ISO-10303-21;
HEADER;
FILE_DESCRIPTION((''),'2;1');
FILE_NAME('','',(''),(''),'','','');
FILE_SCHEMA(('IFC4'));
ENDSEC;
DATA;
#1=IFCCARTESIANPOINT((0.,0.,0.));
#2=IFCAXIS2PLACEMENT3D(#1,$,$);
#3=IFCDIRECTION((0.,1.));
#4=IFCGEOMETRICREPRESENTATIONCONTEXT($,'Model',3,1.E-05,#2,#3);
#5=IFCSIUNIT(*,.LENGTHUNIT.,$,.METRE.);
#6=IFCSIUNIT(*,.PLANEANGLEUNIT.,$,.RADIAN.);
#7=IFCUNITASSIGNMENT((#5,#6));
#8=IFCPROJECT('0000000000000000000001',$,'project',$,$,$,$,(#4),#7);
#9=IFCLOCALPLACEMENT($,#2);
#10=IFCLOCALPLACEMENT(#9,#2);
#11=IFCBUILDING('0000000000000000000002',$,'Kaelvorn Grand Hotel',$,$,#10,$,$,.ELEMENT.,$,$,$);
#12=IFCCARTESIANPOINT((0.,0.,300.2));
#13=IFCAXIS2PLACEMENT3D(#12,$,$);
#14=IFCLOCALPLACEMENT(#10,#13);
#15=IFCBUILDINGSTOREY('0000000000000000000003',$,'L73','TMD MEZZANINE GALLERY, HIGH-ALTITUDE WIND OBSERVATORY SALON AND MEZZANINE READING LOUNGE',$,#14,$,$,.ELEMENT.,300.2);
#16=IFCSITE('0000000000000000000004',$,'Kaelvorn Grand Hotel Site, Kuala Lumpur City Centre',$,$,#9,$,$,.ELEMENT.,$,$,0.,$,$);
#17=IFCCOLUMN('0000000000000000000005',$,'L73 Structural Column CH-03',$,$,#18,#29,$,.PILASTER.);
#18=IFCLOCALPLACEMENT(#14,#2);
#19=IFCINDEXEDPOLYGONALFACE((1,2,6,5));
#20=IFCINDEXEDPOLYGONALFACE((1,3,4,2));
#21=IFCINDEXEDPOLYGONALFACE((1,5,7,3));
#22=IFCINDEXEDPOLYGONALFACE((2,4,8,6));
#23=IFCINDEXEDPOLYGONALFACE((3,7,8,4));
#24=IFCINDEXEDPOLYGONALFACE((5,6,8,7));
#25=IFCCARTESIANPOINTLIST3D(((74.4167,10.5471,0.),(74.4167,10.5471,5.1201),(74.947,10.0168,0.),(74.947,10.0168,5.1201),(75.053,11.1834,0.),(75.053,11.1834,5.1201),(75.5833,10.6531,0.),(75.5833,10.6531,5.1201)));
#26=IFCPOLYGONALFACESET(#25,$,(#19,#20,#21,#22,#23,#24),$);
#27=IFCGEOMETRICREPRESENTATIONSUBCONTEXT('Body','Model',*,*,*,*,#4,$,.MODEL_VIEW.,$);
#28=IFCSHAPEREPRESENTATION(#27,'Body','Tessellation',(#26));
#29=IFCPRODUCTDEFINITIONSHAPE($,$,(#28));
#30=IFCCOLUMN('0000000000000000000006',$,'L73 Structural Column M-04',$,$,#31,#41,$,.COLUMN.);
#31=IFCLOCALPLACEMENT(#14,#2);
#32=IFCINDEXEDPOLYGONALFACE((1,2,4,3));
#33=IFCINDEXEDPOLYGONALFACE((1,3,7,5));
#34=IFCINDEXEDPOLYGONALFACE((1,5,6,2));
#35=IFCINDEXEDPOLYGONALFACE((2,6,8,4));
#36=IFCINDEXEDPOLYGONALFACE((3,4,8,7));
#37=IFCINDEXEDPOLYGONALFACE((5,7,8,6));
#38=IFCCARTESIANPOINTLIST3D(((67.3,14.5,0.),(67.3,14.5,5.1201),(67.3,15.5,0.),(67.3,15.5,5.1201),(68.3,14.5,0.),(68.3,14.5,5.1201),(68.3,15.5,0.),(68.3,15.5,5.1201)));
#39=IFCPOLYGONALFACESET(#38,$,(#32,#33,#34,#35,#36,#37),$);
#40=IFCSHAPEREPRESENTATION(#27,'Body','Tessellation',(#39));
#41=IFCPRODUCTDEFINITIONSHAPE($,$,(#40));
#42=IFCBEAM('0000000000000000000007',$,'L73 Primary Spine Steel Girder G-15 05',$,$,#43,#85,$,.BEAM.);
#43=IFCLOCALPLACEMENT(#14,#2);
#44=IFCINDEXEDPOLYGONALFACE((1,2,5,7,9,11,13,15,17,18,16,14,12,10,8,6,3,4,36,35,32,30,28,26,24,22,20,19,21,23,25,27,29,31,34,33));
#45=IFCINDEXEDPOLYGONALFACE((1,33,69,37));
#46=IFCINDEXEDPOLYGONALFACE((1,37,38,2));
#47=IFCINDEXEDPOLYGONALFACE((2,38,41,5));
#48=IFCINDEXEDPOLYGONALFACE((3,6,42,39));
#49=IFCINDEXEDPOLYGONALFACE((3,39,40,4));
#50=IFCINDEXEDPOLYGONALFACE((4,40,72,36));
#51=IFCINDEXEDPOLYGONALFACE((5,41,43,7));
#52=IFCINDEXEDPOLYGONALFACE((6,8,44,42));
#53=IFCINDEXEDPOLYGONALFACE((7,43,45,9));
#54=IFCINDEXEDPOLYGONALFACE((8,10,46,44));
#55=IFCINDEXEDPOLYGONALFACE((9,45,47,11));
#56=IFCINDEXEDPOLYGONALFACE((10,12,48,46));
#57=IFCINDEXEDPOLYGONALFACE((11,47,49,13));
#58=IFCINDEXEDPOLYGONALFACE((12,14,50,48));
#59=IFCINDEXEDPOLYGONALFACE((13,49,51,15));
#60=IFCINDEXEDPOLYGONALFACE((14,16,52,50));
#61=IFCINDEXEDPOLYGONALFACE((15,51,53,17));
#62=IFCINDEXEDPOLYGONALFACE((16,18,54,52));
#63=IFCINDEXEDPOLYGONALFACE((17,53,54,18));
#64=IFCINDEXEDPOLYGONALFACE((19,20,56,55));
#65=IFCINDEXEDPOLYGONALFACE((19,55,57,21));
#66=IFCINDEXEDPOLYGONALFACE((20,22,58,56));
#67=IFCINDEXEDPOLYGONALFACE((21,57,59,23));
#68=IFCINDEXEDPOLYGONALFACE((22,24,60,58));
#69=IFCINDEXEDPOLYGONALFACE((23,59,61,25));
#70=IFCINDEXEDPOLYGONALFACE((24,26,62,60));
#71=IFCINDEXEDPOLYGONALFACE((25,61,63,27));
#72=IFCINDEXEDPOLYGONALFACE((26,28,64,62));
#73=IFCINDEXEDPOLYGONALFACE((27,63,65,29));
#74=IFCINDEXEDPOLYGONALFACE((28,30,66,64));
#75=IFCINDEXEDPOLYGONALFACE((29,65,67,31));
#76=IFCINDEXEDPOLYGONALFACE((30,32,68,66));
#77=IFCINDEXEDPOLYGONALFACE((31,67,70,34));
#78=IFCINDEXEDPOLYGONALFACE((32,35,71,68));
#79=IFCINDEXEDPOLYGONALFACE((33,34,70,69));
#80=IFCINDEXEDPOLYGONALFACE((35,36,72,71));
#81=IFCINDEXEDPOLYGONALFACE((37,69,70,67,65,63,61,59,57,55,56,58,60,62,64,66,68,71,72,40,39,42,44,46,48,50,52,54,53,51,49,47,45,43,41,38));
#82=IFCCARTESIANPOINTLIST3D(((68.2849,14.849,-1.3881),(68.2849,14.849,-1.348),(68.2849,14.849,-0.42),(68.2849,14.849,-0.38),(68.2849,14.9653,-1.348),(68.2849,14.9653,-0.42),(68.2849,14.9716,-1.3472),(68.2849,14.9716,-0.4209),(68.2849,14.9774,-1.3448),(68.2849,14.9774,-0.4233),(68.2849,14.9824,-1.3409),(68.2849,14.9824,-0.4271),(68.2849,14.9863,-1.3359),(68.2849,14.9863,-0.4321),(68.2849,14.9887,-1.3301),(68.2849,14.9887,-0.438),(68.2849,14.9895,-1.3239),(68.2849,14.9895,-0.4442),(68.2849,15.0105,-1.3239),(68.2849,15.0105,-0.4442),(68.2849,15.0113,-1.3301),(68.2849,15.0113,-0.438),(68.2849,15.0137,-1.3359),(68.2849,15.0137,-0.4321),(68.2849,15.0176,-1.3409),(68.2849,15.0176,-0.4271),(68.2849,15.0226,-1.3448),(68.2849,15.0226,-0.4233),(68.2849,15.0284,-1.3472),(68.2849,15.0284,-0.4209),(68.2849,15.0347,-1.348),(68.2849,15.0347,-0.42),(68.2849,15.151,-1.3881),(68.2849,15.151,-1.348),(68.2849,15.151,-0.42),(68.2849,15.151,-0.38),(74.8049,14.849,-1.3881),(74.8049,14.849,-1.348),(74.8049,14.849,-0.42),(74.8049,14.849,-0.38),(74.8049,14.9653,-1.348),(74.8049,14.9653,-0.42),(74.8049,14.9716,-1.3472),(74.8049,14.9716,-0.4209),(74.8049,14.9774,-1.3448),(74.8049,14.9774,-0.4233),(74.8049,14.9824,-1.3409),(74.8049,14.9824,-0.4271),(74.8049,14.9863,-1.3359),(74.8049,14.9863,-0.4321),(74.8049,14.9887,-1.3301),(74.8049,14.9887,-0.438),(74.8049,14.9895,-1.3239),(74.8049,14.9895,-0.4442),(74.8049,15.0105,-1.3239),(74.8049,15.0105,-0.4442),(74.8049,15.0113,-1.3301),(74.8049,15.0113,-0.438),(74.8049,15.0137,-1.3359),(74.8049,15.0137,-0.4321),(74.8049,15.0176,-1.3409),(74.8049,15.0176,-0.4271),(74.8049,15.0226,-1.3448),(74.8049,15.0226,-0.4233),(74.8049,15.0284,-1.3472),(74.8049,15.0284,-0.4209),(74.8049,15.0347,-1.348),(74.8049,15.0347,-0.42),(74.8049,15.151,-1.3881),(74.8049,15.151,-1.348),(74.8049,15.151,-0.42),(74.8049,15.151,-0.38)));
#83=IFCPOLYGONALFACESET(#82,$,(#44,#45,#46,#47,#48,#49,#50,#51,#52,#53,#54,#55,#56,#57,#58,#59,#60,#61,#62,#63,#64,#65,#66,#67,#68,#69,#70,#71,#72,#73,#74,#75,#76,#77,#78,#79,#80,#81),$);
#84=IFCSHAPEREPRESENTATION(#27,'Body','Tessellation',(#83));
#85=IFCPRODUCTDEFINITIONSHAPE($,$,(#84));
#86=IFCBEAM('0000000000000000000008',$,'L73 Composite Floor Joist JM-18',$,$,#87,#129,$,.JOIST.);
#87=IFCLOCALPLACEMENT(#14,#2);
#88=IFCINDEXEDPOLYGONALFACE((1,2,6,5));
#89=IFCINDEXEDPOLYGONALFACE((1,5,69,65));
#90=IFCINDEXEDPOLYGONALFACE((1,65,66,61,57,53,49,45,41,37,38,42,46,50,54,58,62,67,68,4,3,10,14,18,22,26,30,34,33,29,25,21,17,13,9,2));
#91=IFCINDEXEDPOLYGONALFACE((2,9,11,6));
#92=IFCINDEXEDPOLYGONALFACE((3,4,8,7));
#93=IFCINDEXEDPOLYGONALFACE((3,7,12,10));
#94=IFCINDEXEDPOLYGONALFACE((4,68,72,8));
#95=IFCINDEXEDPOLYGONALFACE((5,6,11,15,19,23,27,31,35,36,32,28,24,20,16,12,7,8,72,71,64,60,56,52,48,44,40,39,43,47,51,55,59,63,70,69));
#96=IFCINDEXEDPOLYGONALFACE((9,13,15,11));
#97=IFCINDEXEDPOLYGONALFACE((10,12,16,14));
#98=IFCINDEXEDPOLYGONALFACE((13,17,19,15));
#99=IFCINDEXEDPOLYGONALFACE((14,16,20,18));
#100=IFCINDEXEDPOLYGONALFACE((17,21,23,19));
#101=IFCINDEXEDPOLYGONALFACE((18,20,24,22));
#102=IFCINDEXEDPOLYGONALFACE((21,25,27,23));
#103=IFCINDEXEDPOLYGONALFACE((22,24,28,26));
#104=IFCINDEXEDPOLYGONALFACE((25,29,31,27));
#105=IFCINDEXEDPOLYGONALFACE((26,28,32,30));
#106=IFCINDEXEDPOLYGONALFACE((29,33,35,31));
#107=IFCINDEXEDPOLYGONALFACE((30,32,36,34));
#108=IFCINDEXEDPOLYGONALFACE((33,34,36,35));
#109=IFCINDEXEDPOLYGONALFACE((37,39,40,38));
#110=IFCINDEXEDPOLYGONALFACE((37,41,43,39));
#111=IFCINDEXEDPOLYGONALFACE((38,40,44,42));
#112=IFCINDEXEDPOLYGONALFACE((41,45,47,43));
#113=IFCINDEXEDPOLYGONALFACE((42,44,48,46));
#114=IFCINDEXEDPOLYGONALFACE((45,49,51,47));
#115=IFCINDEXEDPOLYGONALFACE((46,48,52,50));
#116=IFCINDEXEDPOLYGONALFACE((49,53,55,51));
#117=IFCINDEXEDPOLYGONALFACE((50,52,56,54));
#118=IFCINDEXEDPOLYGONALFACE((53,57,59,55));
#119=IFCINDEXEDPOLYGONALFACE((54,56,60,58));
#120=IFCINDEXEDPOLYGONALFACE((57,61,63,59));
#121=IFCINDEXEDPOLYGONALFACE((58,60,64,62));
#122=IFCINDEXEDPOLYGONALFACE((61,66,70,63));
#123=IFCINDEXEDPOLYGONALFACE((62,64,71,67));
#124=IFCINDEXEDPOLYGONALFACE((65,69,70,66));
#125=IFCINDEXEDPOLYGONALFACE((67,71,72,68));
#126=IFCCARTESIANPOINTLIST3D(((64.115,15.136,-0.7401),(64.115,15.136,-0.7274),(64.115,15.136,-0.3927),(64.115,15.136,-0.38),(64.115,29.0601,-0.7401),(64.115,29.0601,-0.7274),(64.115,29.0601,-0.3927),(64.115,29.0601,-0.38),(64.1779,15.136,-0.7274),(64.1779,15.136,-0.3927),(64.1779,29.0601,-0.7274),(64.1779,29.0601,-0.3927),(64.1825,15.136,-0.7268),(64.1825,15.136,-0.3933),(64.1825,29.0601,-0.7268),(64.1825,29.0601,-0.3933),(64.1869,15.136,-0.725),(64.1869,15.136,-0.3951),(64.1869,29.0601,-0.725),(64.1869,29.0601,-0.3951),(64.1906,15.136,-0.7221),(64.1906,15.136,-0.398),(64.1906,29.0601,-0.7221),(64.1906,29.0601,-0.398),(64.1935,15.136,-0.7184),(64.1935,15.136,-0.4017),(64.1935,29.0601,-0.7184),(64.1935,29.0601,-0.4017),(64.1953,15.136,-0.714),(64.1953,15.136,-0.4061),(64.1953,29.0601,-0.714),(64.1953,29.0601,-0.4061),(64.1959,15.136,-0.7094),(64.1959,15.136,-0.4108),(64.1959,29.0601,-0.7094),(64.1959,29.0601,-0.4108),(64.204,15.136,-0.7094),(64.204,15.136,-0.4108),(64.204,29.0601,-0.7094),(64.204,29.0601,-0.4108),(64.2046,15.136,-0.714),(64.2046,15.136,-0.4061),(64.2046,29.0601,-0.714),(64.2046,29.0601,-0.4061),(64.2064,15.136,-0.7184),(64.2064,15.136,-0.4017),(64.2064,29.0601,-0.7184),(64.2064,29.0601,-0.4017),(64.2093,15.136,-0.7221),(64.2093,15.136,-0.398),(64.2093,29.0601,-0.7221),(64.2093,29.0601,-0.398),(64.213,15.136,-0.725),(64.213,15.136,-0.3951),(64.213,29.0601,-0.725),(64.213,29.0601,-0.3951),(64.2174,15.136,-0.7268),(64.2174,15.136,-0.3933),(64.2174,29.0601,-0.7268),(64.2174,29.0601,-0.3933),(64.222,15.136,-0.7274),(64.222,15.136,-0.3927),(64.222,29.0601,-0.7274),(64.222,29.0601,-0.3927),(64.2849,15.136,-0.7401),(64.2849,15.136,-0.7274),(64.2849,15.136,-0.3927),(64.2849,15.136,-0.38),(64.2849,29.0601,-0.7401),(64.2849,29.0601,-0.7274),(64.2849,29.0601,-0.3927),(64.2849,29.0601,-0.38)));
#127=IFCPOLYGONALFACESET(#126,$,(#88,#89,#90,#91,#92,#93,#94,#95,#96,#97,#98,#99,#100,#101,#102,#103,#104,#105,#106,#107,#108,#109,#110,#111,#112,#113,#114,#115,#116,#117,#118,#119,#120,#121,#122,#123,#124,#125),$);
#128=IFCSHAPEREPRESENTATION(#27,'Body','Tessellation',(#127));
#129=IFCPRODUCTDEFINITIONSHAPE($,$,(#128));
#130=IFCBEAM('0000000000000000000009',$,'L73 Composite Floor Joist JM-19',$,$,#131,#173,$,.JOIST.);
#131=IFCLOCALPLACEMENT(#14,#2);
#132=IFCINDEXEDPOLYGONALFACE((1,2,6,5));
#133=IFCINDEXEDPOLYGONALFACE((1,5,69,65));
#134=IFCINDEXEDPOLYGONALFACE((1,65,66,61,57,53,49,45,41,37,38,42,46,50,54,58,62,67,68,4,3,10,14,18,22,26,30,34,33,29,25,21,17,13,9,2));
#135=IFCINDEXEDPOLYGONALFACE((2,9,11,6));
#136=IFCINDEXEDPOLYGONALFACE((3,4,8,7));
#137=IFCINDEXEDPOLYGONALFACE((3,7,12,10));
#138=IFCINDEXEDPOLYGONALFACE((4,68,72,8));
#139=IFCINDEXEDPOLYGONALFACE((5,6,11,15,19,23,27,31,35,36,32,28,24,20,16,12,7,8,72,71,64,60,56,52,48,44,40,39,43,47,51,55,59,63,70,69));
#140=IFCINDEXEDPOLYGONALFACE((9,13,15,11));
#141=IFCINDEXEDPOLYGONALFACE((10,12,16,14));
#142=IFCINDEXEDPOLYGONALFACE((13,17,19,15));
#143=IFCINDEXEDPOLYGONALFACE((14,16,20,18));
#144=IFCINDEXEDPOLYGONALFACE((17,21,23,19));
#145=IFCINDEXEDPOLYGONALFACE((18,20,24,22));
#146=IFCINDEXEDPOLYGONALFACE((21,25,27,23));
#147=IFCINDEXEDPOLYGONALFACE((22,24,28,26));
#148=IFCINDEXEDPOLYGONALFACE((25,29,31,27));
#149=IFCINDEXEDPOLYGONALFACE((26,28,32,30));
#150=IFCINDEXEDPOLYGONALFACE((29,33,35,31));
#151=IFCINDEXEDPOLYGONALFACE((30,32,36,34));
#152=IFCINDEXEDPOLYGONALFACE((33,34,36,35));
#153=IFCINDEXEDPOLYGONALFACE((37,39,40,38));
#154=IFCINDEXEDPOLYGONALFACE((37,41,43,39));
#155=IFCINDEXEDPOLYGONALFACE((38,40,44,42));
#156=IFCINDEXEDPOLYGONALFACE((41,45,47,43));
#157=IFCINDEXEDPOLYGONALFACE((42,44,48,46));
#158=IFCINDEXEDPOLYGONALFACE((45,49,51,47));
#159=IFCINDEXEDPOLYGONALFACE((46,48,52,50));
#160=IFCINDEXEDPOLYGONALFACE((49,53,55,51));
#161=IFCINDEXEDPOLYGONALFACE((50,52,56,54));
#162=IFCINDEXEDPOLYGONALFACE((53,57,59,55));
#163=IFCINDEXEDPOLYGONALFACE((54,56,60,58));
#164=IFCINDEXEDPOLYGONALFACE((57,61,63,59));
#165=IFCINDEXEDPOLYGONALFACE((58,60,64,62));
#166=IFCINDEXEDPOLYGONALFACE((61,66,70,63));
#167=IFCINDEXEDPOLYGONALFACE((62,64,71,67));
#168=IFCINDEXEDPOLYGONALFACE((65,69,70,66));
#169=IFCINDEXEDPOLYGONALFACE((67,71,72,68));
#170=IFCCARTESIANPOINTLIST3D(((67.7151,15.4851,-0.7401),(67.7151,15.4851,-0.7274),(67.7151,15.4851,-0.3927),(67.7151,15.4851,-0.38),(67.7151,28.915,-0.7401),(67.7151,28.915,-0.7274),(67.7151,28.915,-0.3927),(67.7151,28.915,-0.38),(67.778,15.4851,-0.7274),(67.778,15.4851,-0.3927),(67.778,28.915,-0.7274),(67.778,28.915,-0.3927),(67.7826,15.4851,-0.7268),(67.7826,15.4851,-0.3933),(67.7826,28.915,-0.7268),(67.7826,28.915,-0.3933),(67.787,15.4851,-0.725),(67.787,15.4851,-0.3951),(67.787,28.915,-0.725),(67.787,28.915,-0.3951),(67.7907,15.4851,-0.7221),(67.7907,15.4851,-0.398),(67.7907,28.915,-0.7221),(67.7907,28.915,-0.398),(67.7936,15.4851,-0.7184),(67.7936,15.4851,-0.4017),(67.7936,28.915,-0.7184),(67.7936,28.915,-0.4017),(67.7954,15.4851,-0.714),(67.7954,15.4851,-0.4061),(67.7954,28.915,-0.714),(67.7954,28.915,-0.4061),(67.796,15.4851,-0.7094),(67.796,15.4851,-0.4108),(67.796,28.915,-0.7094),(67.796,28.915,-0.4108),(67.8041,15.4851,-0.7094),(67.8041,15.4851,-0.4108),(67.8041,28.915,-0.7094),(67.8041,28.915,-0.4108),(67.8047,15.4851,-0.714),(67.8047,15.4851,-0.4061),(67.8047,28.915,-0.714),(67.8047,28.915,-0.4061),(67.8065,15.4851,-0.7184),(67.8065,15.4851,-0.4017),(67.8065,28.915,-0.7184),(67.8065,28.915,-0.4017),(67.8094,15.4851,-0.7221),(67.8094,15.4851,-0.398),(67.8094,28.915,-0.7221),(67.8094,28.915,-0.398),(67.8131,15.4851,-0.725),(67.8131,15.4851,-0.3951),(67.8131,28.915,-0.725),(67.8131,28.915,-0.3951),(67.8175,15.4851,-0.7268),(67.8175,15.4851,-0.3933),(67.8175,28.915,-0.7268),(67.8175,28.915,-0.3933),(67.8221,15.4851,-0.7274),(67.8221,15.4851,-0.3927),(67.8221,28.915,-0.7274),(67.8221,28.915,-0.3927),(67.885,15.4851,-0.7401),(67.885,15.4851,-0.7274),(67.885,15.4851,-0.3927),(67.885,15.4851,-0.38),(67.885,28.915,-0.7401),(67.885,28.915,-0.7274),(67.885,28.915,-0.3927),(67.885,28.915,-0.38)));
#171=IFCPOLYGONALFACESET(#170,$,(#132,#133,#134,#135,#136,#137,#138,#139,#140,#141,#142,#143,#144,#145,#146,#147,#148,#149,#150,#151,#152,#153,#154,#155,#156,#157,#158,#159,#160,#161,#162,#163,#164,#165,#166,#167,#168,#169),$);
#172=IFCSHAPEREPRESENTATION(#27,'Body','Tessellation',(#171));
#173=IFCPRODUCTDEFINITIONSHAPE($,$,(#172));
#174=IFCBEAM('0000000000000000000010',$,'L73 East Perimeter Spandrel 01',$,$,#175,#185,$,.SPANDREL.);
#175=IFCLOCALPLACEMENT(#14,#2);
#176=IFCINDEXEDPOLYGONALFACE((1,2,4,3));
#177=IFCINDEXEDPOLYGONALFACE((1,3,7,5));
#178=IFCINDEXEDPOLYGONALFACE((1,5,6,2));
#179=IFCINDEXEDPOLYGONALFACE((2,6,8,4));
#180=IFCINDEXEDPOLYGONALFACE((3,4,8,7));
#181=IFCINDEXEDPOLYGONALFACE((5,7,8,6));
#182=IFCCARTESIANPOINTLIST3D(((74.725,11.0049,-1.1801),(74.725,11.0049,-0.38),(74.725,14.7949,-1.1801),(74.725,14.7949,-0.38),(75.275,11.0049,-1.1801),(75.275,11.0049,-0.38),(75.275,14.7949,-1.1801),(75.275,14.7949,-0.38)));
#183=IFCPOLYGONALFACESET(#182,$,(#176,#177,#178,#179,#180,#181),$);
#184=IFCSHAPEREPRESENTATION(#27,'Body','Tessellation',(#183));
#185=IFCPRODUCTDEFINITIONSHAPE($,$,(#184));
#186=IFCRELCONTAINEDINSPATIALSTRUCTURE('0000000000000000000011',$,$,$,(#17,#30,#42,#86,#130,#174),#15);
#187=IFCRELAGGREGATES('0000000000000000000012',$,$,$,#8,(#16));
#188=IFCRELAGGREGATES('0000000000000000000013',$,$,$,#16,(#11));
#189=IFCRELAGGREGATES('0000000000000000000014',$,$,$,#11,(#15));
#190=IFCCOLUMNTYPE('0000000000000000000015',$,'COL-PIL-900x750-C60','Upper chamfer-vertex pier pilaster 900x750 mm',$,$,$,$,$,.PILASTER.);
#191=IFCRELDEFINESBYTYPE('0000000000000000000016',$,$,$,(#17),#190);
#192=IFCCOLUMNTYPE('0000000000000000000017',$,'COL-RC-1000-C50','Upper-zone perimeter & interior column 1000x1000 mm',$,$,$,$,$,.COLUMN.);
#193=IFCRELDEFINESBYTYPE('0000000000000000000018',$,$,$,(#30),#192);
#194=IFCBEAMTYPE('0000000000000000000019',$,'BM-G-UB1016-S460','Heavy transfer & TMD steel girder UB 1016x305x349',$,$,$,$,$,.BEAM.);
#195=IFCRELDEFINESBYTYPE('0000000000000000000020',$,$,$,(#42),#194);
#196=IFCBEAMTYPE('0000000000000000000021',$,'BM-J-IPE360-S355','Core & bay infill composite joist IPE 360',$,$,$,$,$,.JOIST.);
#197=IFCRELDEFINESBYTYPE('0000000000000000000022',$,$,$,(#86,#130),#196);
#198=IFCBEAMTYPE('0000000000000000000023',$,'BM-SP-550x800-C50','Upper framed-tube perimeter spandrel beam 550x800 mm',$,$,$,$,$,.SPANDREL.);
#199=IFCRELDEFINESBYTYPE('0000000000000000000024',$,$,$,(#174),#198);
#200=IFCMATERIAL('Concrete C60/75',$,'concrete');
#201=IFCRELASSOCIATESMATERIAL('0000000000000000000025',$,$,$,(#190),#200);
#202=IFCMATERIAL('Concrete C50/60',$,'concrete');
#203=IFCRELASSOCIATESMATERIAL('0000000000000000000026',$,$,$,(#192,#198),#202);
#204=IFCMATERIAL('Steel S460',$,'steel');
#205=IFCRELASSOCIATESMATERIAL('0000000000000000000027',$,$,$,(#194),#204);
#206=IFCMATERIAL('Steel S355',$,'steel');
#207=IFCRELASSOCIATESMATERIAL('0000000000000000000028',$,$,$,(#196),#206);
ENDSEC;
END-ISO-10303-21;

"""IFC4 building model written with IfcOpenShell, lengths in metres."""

from ifc_helpers import new_model, si_unit, direction, frame, origin, origin_2d, place, context, subcontext, project, spatial, rectangle, i_section, extrude, material, material_profile, profile_set, type_object, element, save


model = new_model("IFC4")

# Units and contexts
model_context = context("Model", 3, precision=1e-05, world=origin(), true_north=direction((0.0, 1.0)))
body_context = subcontext(model_context, "Body", "Model", "MODEL_VIEW")
ifc_project = project(units=[si_unit("LENGTHUNIT", "METRE"), si_unit("PLANEANGLEUNIT", "RADIAN")], contexts=[model_context])

# Site, building, storey
site_placement = place(None, origin())
site = spatial("IfcSite", under=ifc_project, at=site_placement, Name="Kaelvorn Grand Hotel Site, Kuala Lumpur City Centre", CompositionType="ELEMENT", RefElevation=0.0)
building_placement = place(site_placement, origin())
building = spatial("IfcBuilding", under=site, at=building_placement, Name="Kaelvorn Grand Hotel", CompositionType="ELEMENT")
storey_placement = place(building_placement, frame((0.0, 0.0, 300.2)))
storey = spatial("IfcBuildingStorey", under=building, at=storey_placement, Name="L73", Description="TMD MEZZANINE GALLERY, HIGH-ALTITUDE WIND OBSERVATORY SALON AND MEZZANINE READING LOUNGE", CompositionType="ELEMENT", Elevation=300.2)

# Columns
ifc_material_1 = material(Name="Concrete C60/75", Category="concrete")
ifc_material_profile_1 = material_profile(ifc_material_1, rectangle(XDim=0.8999, YDim=0.75, at=origin_2d()), Name="RC PILASTER 900x750")
ifc_profile_set_1 = profile_set([ifc_material_profile_1], Name="Concrete C60/75")
column_type_1 = type_object("IfcColumnType", Name="COL-PIL-900x750-C60", Description="Upper chamfer-vertex pier pilaster 900x750 mm", PredefinedType="PILASTER", material=ifc_profile_set_1)
column_1_placement = place(storey_placement, frame((75.0, 10.6001, 0.0), z_axis=(0.0, 0.0, 1.0), x_axis=(0.707107, 0.707107, 0.0)))
element("IfcColumn", 1, at=column_1_placement, inside=storey, type_object=column_type_1, Name="L73 Structural Column CH-03", PredefinedType="PILASTER", context=body_context, shape_type="SweptSolid", body=[
    extrude(rectangle(XDim=0.8999, YDim=0.75, at=origin_2d()), origin(), (0.0, 0.0, 1.0), 5.1201),
])
ifc_material_2 = material(Name="Concrete C50/60", Category="concrete")
ifc_material_profile_2 = material_profile(ifc_material_2, rectangle(XDim=1.0, YDim=1.0, at=origin_2d()), Name="RC COL 1000x1000")
ifc_profile_set_2 = profile_set([ifc_material_profile_2], Name="Concrete C50/60")
column_type_2 = type_object("IfcColumnType", Name="COL-RC-1000-C50", Description="Upper-zone perimeter & interior column 1000x1000 mm", PredefinedType="COLUMN", material=ifc_profile_set_2)
column_2_placement = place(storey_placement, frame((67.8, 15.0, 0.0), z_axis=(0.0, 0.0, 1.0), x_axis=(1.0, 0.0, 0.0)))
element("IfcColumn", 2, at=column_2_placement, inside=storey, type_object=column_type_2, Name="L73 Structural Column M-04", PredefinedType="COLUMN", context=body_context, shape_type="SweptSolid", body=[
    extrude(rectangle(XDim=1.0, YDim=1.0, at=origin_2d()), origin(), (0.0, 0.0, 1.0), 5.1201),
])

# Beams
ifc_material_3 = material(Name="Steel S460", Category="steel")
ifc_material_profile_3 = material_profile(ifc_material_3, i_section(OverallWidth=0.302, OverallDepth=1.0081, WebThickness=0.021, FlangeThickness=0.04, FilletRadius=0.0242, at=origin_2d()), Name="UB 1016x305x349")
ifc_profile_set_3 = profile_set([ifc_material_profile_3], Name="Steel S460")
beam_type_1 = type_object("IfcBeamType", Name="BM-G-UB1016-S460", Description="Heavy transfer & TMD steel girder UB 1016x305x349", PredefinedType="BEAM", material=ifc_profile_set_3)
beam_1_placement = place(storey_placement, frame((68.2849, 15.0, -0.884), z_axis=(1.0, 0.0, 0.0), x_axis=(0.0, 1.0, 0.0)))
element("IfcBeam", 3, at=beam_1_placement, inside=storey, type_object=beam_type_1, Name="L73 Primary Spine Steel Girder G-15 05", PredefinedType="BEAM", context=body_context, shape_type="SweptSolid", body=[
    extrude(i_section(OverallWidth=0.302, OverallDepth=1.0081, WebThickness=0.021, FlangeThickness=0.04, FilletRadius=0.0242, at=origin_2d()), origin(), (0.0, 0.0, 1.0), 6.52),
])
ifc_material_4 = material(Name="Steel S355", Category="steel")
ifc_material_profile_4 = material_profile(ifc_material_4, i_section(OverallWidth=0.1699, OverallDepth=0.3601, WebThickness=0.0081, FlangeThickness=0.0127, FilletRadius=0.0181, at=origin_2d()), Name="IPE 360")
ifc_profile_set_4 = profile_set([ifc_material_profile_4], Name="Steel S355")
beam_type_2 = type_object("IfcBeamType", Name="BM-J-IPE360-S355", Description="Core & bay infill composite joist IPE 360", PredefinedType="JOIST", material=ifc_profile_set_4)
beam_2_placement = place(storey_placement, frame((64.2, 15.136, -0.5601), z_axis=(0.0, 1.0, 0.0), x_axis=(-1.0, 0.0, 0.0)))
element("IfcBeam", 4, at=beam_2_placement, inside=storey, type_object=beam_type_2, Name="L73 Composite Floor Joist JM-18", PredefinedType="JOIST", context=body_context, shape_type="SweptSolid", body=[
    extrude(i_section(OverallWidth=0.1699, OverallDepth=0.3601, WebThickness=0.0081, FlangeThickness=0.0127, FilletRadius=0.0181, at=origin_2d()), origin(), (0.0, 0.0, 1.0), 13.9241),
])
beam_3_placement = place(storey_placement, frame((67.8, 15.4851, -0.5601), z_axis=(0.0, 1.0, 0.0), x_axis=(-1.0, 0.0, 0.0)))
element("IfcBeam", 5, at=beam_3_placement, inside=storey, type_object=beam_type_2, Name="L73 Composite Floor Joist JM-19", PredefinedType="JOIST", context=body_context, shape_type="SweptSolid", body=[
    extrude(i_section(OverallWidth=0.1699, OverallDepth=0.3601, WebThickness=0.0081, FlangeThickness=0.0127, FilletRadius=0.0181, at=origin_2d()), origin(), (0.0, 0.0, 1.0), 13.4299),
])
ifc_material_profile_5 = material_profile(ifc_material_2, rectangle(XDim=0.55, YDim=0.8, at=origin_2d()), Name="RC SPANDREL 550x800")
ifc_profile_set_5 = profile_set([ifc_material_profile_5], Name="Concrete C50/60")
beam_type_3 = type_object("IfcBeamType", Name="BM-SP-550x800-C50", Description="Upper framed-tube perimeter spandrel beam 550x800 mm", PredefinedType="SPANDREL", material=ifc_profile_set_5)
beam_4_placement = place(storey_placement, frame((75.0, 11.0049, -0.78), z_axis=(0.0, 1.0, 0.0), x_axis=(-1.0, 0.0, 0.0)))
element("IfcBeam", 6, at=beam_4_placement, inside=storey, type_object=beam_type_3, Name="L73 East Perimeter Spandrel 01", PredefinedType="SPANDREL", context=body_context, shape_type="SweptSolid", body=[
    extrude(rectangle(XDim=0.55, YDim=0.8, at=origin_2d()), origin(), (0.0, 0.0, 1.0), 3.79),
])

save(model, "model.ifc")
